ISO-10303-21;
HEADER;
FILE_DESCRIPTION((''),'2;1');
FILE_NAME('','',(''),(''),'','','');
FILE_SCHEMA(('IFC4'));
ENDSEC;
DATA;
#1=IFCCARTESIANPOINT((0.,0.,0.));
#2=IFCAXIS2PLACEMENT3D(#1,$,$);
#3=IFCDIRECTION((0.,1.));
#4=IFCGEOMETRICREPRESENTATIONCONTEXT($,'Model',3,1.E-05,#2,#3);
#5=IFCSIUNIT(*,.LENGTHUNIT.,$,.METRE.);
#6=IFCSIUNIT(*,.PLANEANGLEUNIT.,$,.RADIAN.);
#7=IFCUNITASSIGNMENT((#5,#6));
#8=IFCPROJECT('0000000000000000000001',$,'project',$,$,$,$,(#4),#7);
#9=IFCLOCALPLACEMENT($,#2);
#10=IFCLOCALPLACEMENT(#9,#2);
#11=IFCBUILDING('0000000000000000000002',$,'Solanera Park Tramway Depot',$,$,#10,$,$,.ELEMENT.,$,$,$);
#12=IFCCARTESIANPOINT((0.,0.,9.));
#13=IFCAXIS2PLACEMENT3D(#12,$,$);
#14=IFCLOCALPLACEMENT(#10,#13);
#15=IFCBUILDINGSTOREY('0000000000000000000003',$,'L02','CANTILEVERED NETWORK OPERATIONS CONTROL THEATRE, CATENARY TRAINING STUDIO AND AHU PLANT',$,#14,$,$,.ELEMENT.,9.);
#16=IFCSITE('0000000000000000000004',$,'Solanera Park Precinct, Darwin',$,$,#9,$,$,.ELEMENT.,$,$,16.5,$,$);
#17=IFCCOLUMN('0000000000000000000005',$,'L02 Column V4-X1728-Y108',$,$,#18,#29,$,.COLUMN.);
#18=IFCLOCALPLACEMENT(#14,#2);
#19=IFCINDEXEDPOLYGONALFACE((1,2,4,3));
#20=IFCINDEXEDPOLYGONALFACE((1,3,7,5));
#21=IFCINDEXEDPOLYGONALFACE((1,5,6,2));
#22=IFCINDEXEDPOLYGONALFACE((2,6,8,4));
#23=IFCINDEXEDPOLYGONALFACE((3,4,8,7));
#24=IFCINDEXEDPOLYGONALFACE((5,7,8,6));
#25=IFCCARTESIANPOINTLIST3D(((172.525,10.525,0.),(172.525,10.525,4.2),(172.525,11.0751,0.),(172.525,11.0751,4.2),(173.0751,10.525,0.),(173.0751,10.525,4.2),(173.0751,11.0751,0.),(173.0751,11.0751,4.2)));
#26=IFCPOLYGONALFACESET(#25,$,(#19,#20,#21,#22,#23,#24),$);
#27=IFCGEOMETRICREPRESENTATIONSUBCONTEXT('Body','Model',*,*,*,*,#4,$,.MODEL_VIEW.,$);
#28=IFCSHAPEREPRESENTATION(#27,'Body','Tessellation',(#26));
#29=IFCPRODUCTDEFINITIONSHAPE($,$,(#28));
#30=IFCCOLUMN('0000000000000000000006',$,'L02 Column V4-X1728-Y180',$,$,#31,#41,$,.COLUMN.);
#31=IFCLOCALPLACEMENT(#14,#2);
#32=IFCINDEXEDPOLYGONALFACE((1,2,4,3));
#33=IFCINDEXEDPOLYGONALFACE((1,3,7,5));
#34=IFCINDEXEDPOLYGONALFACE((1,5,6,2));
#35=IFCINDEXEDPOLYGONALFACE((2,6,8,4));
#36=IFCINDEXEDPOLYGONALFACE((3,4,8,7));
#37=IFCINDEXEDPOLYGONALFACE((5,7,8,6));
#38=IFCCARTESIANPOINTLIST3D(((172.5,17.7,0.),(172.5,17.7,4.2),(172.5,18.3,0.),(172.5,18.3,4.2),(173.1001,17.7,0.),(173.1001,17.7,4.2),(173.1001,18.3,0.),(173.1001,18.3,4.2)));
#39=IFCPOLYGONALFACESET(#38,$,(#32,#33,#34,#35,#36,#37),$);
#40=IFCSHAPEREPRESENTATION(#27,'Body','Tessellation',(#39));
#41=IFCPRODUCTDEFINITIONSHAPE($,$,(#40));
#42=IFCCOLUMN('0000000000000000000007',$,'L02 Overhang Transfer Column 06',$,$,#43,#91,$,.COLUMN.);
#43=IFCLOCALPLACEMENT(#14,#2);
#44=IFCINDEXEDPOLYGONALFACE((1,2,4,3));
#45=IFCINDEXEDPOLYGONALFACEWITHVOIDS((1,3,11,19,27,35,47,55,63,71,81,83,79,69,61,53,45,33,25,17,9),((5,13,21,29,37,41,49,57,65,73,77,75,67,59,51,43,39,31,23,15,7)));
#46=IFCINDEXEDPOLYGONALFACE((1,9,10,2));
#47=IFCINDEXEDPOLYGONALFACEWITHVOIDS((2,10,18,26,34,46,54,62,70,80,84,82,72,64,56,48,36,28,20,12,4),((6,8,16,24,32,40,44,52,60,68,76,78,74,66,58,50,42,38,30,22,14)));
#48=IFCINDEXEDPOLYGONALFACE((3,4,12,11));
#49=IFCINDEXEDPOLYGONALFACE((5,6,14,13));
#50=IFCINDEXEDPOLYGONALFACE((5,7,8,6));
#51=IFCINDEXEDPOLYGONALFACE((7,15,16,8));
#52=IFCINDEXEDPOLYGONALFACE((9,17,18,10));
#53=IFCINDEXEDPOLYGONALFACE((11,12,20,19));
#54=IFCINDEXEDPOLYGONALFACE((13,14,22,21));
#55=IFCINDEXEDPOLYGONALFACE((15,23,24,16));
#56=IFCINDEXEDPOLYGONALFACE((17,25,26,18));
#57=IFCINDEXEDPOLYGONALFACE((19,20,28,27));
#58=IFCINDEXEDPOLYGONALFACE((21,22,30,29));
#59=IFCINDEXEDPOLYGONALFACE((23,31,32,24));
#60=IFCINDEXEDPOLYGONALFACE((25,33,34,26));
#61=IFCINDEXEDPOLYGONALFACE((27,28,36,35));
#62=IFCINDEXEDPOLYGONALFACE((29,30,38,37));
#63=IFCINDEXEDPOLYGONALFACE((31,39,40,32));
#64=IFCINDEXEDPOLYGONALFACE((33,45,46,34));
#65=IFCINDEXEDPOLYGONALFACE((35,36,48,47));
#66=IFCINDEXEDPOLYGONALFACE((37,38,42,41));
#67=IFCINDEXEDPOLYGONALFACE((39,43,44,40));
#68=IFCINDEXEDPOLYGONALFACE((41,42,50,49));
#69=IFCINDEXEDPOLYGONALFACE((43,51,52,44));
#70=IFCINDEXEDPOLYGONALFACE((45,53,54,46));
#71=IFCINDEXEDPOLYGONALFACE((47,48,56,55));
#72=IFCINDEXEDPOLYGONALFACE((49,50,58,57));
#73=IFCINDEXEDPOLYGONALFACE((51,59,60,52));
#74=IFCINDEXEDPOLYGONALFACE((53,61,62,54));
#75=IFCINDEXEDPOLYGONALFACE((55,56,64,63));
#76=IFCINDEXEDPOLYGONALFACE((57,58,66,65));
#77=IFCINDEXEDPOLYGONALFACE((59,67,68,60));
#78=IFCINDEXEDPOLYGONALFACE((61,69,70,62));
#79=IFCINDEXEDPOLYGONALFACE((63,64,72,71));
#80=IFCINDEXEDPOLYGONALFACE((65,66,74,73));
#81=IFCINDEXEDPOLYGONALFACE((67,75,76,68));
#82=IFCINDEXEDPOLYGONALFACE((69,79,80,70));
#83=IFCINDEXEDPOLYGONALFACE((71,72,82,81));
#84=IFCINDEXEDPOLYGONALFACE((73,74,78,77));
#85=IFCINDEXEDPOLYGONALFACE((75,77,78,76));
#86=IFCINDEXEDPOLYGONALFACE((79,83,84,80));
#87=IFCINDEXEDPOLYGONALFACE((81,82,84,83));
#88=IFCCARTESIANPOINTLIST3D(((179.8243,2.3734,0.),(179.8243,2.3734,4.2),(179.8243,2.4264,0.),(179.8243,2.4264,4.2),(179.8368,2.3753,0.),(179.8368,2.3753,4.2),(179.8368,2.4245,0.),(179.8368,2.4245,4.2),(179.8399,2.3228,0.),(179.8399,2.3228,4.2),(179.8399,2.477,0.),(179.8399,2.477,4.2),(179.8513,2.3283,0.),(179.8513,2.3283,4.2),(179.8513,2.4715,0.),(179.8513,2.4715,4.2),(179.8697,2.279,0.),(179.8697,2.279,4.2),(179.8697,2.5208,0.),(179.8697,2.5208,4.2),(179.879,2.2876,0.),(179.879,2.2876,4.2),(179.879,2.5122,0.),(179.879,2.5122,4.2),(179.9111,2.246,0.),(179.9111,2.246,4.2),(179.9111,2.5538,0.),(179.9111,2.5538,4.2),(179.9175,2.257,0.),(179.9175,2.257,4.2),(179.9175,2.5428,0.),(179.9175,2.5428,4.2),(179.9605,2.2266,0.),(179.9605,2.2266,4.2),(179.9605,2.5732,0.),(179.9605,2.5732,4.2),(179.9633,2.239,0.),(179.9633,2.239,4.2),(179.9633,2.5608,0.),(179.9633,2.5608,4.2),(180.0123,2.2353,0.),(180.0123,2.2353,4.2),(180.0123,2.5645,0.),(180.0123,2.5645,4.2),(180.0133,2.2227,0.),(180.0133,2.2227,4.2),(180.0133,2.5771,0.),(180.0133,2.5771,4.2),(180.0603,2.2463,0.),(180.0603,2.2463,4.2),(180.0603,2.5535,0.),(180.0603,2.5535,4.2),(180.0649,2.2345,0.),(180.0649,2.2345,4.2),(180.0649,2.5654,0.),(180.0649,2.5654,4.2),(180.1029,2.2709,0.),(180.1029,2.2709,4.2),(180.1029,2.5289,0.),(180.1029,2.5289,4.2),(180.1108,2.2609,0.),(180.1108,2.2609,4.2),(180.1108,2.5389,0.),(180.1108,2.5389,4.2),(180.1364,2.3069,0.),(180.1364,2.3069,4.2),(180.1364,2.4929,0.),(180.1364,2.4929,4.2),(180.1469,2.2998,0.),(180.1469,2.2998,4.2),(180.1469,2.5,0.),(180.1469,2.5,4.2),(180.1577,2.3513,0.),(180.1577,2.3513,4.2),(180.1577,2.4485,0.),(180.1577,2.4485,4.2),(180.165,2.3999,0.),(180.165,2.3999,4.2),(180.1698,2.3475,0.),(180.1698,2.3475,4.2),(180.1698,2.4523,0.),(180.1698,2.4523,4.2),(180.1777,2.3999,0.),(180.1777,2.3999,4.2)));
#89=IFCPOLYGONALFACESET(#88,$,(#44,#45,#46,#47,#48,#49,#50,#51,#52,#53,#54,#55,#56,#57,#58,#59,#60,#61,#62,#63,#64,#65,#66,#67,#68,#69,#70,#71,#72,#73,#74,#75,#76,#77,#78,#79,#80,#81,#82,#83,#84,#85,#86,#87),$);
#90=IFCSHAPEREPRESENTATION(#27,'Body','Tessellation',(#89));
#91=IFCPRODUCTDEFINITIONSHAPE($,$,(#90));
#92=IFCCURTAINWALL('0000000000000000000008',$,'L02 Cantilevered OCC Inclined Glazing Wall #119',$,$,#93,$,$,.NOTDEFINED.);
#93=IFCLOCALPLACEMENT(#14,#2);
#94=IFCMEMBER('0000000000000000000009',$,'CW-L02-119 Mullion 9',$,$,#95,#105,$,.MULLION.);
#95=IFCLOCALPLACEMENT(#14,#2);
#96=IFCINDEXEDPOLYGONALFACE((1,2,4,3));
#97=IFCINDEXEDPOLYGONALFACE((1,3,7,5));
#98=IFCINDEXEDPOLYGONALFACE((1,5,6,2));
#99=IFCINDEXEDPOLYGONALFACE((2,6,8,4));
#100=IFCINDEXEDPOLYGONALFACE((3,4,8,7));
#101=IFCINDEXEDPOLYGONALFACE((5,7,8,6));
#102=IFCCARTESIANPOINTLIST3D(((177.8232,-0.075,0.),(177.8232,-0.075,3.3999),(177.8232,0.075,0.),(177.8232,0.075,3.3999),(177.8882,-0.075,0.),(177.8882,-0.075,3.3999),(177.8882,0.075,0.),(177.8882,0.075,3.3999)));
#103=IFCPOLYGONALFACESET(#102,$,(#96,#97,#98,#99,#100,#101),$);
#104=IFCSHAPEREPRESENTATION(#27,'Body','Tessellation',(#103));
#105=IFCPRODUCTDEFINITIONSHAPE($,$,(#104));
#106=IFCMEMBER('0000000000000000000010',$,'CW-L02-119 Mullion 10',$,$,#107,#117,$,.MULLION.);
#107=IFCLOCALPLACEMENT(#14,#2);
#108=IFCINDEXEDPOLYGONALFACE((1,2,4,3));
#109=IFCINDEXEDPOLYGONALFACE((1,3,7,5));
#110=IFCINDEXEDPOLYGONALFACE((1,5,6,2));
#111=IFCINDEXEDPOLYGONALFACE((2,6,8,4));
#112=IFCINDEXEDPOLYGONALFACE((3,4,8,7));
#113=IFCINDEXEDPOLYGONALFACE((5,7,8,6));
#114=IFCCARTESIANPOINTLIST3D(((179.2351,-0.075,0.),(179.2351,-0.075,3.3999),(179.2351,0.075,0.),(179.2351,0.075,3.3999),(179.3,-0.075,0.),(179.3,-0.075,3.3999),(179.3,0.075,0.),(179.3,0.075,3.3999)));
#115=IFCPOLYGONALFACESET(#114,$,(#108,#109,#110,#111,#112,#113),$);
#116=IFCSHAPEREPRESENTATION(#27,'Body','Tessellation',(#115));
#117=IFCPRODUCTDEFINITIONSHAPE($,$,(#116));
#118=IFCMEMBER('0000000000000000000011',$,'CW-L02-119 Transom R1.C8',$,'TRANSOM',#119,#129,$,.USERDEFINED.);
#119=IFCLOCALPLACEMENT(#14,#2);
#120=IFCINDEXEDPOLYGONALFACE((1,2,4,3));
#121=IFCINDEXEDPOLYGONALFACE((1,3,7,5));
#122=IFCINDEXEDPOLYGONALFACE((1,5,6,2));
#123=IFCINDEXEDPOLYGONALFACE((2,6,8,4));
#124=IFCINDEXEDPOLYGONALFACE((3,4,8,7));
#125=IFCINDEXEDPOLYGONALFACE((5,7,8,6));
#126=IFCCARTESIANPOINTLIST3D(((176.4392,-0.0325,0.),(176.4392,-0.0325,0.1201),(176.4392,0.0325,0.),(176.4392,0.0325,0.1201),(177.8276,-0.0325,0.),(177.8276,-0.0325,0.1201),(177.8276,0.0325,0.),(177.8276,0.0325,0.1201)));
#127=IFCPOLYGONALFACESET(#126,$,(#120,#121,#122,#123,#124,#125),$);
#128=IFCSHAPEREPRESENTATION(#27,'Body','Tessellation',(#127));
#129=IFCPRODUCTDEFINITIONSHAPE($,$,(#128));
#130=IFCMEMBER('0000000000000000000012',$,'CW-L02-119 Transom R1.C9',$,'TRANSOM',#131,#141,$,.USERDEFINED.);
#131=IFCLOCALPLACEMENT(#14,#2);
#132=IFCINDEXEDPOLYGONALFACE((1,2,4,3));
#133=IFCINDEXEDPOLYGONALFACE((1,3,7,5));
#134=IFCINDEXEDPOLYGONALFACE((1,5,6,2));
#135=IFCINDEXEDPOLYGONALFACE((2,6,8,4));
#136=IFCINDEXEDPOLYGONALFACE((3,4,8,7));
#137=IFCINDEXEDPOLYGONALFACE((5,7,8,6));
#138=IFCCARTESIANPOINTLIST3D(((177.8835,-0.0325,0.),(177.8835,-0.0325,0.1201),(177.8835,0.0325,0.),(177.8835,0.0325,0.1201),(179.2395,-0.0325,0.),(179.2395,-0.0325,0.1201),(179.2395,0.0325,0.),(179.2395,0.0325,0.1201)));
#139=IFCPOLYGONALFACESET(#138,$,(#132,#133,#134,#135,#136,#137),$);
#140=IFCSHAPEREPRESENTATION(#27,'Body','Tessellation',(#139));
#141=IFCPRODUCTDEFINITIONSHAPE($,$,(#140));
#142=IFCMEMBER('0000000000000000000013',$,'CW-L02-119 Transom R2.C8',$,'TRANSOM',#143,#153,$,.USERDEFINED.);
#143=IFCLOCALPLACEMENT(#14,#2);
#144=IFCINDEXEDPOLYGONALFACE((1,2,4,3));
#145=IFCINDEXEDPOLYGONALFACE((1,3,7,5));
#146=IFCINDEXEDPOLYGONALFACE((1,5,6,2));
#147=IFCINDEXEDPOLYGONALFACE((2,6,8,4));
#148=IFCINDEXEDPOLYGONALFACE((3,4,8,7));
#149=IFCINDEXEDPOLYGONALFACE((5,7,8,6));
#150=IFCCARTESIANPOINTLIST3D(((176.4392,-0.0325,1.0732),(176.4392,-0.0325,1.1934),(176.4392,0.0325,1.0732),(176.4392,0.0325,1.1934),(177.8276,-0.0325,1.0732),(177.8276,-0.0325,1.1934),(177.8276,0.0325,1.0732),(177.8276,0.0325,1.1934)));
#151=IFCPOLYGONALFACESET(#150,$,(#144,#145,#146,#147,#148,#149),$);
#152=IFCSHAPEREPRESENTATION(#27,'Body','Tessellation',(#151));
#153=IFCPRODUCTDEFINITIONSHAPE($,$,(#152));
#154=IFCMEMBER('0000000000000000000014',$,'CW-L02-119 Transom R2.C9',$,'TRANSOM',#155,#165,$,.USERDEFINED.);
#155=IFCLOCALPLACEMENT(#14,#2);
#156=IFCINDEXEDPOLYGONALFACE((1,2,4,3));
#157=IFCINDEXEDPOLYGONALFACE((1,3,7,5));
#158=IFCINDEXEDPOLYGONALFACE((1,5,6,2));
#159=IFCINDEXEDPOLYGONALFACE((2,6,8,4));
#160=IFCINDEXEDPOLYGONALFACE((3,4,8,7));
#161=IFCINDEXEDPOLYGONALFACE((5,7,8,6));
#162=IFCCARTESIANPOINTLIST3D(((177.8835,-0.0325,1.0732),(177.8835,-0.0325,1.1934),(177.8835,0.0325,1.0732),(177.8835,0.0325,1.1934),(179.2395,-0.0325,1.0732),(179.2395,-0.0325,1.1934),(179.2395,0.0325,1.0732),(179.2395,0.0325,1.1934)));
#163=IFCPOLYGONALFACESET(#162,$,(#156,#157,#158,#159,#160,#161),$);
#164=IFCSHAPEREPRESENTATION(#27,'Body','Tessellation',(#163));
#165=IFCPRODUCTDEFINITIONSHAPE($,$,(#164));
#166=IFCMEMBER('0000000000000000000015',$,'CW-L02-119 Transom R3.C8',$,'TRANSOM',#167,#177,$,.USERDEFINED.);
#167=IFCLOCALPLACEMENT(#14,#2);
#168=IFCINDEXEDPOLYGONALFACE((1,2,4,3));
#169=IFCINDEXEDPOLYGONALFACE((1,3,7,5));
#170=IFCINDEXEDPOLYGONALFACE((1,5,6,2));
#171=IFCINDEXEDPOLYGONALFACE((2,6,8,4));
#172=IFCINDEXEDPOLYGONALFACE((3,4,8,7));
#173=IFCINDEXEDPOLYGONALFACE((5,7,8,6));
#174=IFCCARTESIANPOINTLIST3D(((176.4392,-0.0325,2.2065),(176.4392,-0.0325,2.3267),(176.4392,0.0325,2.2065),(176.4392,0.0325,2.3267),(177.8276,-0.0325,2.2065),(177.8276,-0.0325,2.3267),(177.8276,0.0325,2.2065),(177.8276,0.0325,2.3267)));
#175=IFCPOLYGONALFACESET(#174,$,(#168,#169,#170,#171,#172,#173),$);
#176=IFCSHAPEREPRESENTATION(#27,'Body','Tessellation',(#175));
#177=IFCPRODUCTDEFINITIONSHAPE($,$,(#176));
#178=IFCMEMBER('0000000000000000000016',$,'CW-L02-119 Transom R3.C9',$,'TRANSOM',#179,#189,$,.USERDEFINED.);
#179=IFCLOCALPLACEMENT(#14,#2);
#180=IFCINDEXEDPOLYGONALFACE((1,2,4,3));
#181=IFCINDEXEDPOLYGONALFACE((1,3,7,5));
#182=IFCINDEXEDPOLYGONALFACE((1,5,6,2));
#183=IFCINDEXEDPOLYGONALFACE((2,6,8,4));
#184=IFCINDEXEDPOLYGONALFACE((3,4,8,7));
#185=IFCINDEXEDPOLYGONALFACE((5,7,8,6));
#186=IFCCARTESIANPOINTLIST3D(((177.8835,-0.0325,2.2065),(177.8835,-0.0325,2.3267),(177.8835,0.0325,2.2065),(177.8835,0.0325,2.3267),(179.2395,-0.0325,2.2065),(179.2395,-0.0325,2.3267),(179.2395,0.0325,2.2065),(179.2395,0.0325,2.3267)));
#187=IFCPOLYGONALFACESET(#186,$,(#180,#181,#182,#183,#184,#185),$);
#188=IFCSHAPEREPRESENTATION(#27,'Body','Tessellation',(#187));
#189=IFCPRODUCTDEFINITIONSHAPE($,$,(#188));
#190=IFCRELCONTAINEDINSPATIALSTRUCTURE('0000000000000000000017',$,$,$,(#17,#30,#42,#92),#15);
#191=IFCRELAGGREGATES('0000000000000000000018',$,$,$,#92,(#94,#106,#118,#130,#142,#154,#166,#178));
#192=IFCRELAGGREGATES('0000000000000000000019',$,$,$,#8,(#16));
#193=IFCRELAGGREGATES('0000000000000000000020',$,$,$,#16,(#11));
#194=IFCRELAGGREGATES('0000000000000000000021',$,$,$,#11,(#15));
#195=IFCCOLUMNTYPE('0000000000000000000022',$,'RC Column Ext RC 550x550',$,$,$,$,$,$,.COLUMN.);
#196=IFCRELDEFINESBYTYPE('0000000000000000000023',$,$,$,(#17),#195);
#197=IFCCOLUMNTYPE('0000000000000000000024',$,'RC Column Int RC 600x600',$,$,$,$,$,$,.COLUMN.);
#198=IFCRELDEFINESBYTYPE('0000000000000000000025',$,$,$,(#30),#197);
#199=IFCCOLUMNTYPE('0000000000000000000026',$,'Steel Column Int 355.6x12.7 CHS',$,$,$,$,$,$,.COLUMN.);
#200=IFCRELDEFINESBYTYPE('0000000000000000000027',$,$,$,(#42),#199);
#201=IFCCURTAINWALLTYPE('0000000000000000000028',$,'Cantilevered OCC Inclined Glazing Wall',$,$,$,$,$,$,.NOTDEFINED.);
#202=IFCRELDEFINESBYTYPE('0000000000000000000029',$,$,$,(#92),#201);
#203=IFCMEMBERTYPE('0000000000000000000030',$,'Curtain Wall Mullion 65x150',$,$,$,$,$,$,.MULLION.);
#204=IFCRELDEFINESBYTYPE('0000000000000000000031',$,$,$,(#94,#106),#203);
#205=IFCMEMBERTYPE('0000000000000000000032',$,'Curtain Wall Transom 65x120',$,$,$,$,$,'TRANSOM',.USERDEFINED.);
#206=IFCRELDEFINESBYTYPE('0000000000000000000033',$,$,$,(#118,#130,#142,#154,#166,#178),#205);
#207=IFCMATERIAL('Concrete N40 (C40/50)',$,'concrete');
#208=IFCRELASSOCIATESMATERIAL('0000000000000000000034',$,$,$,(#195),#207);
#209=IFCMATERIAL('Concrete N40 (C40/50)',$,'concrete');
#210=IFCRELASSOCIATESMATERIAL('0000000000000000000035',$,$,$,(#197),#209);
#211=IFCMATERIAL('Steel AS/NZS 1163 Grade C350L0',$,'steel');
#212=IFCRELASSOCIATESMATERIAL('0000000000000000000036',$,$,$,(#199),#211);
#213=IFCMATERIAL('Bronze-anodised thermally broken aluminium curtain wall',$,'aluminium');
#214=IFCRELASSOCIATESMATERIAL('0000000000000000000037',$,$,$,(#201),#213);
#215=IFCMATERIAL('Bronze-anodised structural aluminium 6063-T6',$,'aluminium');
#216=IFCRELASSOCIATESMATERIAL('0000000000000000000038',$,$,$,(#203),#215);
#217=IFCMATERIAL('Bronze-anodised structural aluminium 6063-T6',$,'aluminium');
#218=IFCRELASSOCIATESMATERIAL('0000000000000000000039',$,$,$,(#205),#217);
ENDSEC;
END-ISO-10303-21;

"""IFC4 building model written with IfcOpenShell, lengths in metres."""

from ifc_helpers import new_model, si_unit, direction, frame, origin, origin_2d, place, context, subcontext, project, spatial, rectangle, hollow_circle, extrude, material, material_profile, profile_set, type_object, element, aggregate, save


model = new_model("IFC4")

# Units and contexts
model_context = context("Model", 3, precision=1e-05, world=origin(), true_north=direction((0.0, 1.0)))
body_context = subcontext(model_context, "Body", "Model", "MODEL_VIEW")
ifc_project = project(units=[si_unit("LENGTHUNIT", "METRE"), si_unit("PLANEANGLEUNIT", "RADIAN")], contexts=[model_context])

# Site, building, storey
site_placement = place(None, origin())
site = spatial("IfcSite", under=ifc_project, at=site_placement, Name="Solanera Park Precinct, Darwin", CompositionType="ELEMENT", RefElevation=16.5)
building_placement = place(site_placement, origin())
building = spatial("IfcBuilding", under=site, at=building_placement, Name="Solanera Park Tramway Depot", CompositionType="ELEMENT")
storey_placement = place(building_placement, frame((0.0, 0.0, 9.0)))
storey = spatial("IfcBuildingStorey", under=building, at=storey_placement, Name="L02", Description="CANTILEVERED NETWORK OPERATIONS CONTROL THEATRE, CATENARY TRAINING STUDIO AND AHU PLANT", CompositionType="ELEMENT", Elevation=9.0)

# Columns
ifc_material_1 = material(Name="Concrete N40 (C40/50)", Category="concrete")
ifc_material_profile_1 = material_profile(ifc_material_1, rectangle(XDim=0.55, YDim=0.55, at=origin_2d()), Name="RC 550x550")
ifc_profile_set_1 = profile_set([ifc_material_profile_1], Name="Concrete N40 (C40/50)")
column_type_1 = type_object("IfcColumnType", Name="RC Column Ext RC 550x550", PredefinedType="COLUMN", material=ifc_profile_set_1)
column_1_placement = place(storey_placement, frame((172.8, 10.8, 0.0), z_axis=(0.0, 0.0, 1.0), x_axis=(1.0, 0.0, 0.0)))
element("IfcColumn", 1, at=column_1_placement, inside=storey, type_object=column_type_1, Name="L02 Column V4-X1728-Y108", PredefinedType="COLUMN", context=body_context, shape_type="SweptSolid", body=[
    extrude(rectangle(XDim=0.55, YDim=0.55, at=origin_2d()), origin(), (0.0, 0.0, 1.0), 4.2),
])
ifc_material_2 = material(Name="Concrete N40 (C40/50)", Category="concrete")
ifc_material_profile_2 = material_profile(ifc_material_2, rectangle(XDim=0.6001, YDim=0.6001, at=origin_2d()), Name="RC 600x600")
ifc_profile_set_2 = profile_set([ifc_material_profile_2], Name="Concrete N40 (C40/50)")
column_type_2 = type_object("IfcColumnType", Name="RC Column Int RC 600x600", PredefinedType="COLUMN", material=ifc_profile_set_2)
column_2_placement = place(storey_placement, frame((172.8, 18.0, 0.0), z_axis=(0.0, 0.0, 1.0), x_axis=(1.0, 0.0, 0.0)))
element("IfcColumn", 2, at=column_2_placement, inside=storey, type_object=column_type_2, Name="L02 Column V4-X1728-Y180", PredefinedType="COLUMN", context=body_context, shape_type="SweptSolid", body=[
    extrude(rectangle(XDim=0.6001, YDim=0.6001, at=origin_2d()), origin(), (0.0, 0.0, 1.0), 4.2),
])
ifc_material_3 = material(Name="Steel AS/NZS 1163 Grade C350L0", Category="steel")
ifc_material_profile_3 = material_profile(ifc_material_3, hollow_circle(Radius=0.1777, WallThickness=0.0127, at=origin_2d()), Name="355.6x12.7 CHS")
ifc_profile_set_3 = profile_set([ifc_material_profile_3], Name="Steel AS/NZS 1163 Grade C350L0")
column_type_3 = type_object("IfcColumnType", Name="Steel Column Int 355.6x12.7 CHS", PredefinedType="COLUMN", material=ifc_profile_set_3)
column_3_placement = place(storey_placement, frame((180.0, 2.3999, 0.0), z_axis=(0.0, 0.0, 1.0), x_axis=(1.0, 0.0, 0.0)))
element("IfcColumn", 3, at=column_3_placement, inside=storey, type_object=column_type_3, Name="L02 Overhang Transfer Column 06", PredefinedType="COLUMN", context=body_context, shape_type="SweptSolid", body=[
    extrude(hollow_circle(Radius=0.1777, WallThickness=0.0127, at=origin_2d()), origin(), (0.0, 0.0, 1.0), 4.2),
])

# Curtain wall, members
ifc_material_4 = material(Name="Bronze-anodised thermally broken aluminium curtain wall", Category="aluminium")
curtain_wall_type = type_object("IfcCurtainWallType", Name="Cantilevered OCC Inclined Glazing Wall", PredefinedType="NOTDEFINED", material=ifc_material_4)
curtain_wall_placement = place(storey_placement, origin())
curtain_wall = element("IfcCurtainWall", 4, at=curtain_wall_placement, inside=storey, type_object=curtain_wall_type, Name="L02 Cantilevered OCC Inclined Glazing Wall #119", PredefinedType="NOTDEFINED")
ifc_material_5 = material(Name="Bronze-anodised structural aluminium 6063-T6", Category="aluminium")
ifc_material_profile_4 = material_profile(ifc_material_5, rectangle(XDim=0.0649, YDim=0.1499, at=origin_2d()), Name="Curtain Wall Mullion 65x150")
ifc_profile_set_4 = profile_set([ifc_material_profile_4], Name="Bronze-anodised structural aluminium 6063-T6")
member_type_1 = type_object("IfcMemberType", Name="Curtain Wall Mullion 65x150", PredefinedType="MULLION", material=ifc_profile_set_4)
member_1_placement = place(storey_placement, frame((177.8557, 0.0, 0.0), z_axis=(0.0, 0.0, 1.0), x_axis=(1.0, 0.0, 0.0)))
member_1 = element("IfcMember", 5, at=member_1_placement, type_object=member_type_1, Name="CW-L02-119 Mullion 9", PredefinedType="MULLION", context=body_context, shape_type="SweptSolid", body=[
    extrude(rectangle(XDim=0.0649, YDim=0.1499, at=origin_2d()), origin(), (0.0, 0.0, 1.0), 3.3999),
])
member_2_placement = place(storey_placement, frame((179.2676, 0.0, 0.0), z_axis=(0.0, 0.0, 1.0), x_axis=(1.0, 0.0, 0.0)))
member_2 = element("IfcMember", 6, at=member_2_placement, type_object=member_type_1, Name="CW-L02-119 Mullion 10", PredefinedType="MULLION", context=body_context, shape_type="SweptSolid", body=[
    extrude(rectangle(XDim=0.0649, YDim=0.1499, at=origin_2d()), origin(), (0.0, 0.0, 1.0), 3.3999),
])
ifc_material_6 = material(Name="Bronze-anodised structural aluminium 6063-T6", Category="aluminium")
ifc_material_profile_5 = material_profile(ifc_material_6, rectangle(XDim=0.0649, YDim=0.1201, at=origin_2d()), Name="Curtain Wall Transom 65x120")
ifc_profile_set_5 = profile_set([ifc_material_profile_5], Name="Bronze-anodised structural aluminium 6063-T6")
member_type_2 = type_object("IfcMemberType", Name="Curtain Wall Transom 65x120", ElementType="TRANSOM", PredefinedType="USERDEFINED", material=ifc_profile_set_5)
member_3_placement = place(storey_placement, frame((176.4392, 0.0, 0.0601), z_axis=(1.0, 0.0, 0.0), x_axis=(0.0, 1.0, 0.0)))
member_3 = element("IfcMember", 7, at=member_3_placement, type_object=member_type_2, Name="CW-L02-119 Transom R1.C8", ObjectType="TRANSOM", PredefinedType="USERDEFINED", context=body_context, shape_type="SweptSolid", body=[
    extrude(rectangle(XDim=0.0649, YDim=0.1201, at=origin_2d()), origin(), (0.0, 0.0, 1.0), 1.3884),
])
member_4_placement = place(storey_placement, frame((177.8835, 0.0, 0.0601), z_axis=(1.0, 0.0, 0.0), x_axis=(0.0, 1.0, 0.0)))
member_4 = element("IfcMember", 8, at=member_4_placement, type_object=member_type_2, Name="CW-L02-119 Transom R1.C9", ObjectType="TRANSOM", PredefinedType="USERDEFINED", context=body_context, shape_type="SweptSolid", body=[
    extrude(rectangle(XDim=0.0649, YDim=0.1201, at=origin_2d()), origin(), (0.0, 0.0, 1.0), 1.356),
])
member_5_placement = place(storey_placement, frame((176.4392, 0.0, 1.1333), z_axis=(1.0, 0.0, 0.0), x_axis=(0.0, 1.0, 0.0)))
member_5 = element("IfcMember", 9, at=member_5_placement, type_object=member_type_2, Name="CW-L02-119 Transom R2.C8", ObjectType="TRANSOM", PredefinedType="USERDEFINED", context=body_context, shape_type="SweptSolid", body=[
    extrude(rectangle(XDim=0.0649, YDim=0.1201, at=origin_2d()), origin(), (0.0, 0.0, 1.0), 1.3884),
])
member_6_placement = place(storey_placement, frame((177.8835, 0.0, 1.1333), z_axis=(1.0, 0.0, 0.0), x_axis=(0.0, 1.0, 0.0)))
member_6 = element("IfcMember", 10, at=member_6_placement, type_object=member_type_2, Name="CW-L02-119 Transom R2.C9", ObjectType="TRANSOM", PredefinedType="USERDEFINED", context=body_context, shape_type="SweptSolid", body=[
    extrude(rectangle(XDim=0.0649, YDim=0.1201, at=origin_2d()), origin(), (0.0, 0.0, 1.0), 1.356),
])
member_7_placement = place(storey_placement, frame((176.4392, 0.0, 2.2666), z_axis=(1.0, 0.0, 0.0), x_axis=(0.0, 1.0, 0.0)))
member_7 = element("IfcMember", 11, at=member_7_placement, type_object=member_type_2, Name="CW-L02-119 Transom R3.C8", ObjectType="TRANSOM", PredefinedType="USERDEFINED", context=body_context, shape_type="SweptSolid", body=[
    extrude(rectangle(XDim=0.0649, YDim=0.1201, at=origin_2d()), origin(), (0.0, 0.0, 1.0), 1.3884),
])
member_8_placement = place(storey_placement, frame((177.8835, 0.0, 2.2666), z_axis=(1.0, 0.0, 0.0), x_axis=(0.0, 1.0, 0.0)))
member_8 = element("IfcMember", 12, at=member_8_placement, type_object=member_type_2, Name="CW-L02-119 Transom R3.C9", ObjectType="TRANSOM", PredefinedType="USERDEFINED", context=body_context, shape_type="SweptSolid", body=[
    extrude(rectangle(XDim=0.0649, YDim=0.1201, at=origin_2d()), origin(), (0.0, 0.0, 1.0), 1.356),
])

aggregate(curtain_wall, [member_1, member_2, member_3, member_4, member_5, member_6, member_7, member_8])

save(model, "model.ifc")
